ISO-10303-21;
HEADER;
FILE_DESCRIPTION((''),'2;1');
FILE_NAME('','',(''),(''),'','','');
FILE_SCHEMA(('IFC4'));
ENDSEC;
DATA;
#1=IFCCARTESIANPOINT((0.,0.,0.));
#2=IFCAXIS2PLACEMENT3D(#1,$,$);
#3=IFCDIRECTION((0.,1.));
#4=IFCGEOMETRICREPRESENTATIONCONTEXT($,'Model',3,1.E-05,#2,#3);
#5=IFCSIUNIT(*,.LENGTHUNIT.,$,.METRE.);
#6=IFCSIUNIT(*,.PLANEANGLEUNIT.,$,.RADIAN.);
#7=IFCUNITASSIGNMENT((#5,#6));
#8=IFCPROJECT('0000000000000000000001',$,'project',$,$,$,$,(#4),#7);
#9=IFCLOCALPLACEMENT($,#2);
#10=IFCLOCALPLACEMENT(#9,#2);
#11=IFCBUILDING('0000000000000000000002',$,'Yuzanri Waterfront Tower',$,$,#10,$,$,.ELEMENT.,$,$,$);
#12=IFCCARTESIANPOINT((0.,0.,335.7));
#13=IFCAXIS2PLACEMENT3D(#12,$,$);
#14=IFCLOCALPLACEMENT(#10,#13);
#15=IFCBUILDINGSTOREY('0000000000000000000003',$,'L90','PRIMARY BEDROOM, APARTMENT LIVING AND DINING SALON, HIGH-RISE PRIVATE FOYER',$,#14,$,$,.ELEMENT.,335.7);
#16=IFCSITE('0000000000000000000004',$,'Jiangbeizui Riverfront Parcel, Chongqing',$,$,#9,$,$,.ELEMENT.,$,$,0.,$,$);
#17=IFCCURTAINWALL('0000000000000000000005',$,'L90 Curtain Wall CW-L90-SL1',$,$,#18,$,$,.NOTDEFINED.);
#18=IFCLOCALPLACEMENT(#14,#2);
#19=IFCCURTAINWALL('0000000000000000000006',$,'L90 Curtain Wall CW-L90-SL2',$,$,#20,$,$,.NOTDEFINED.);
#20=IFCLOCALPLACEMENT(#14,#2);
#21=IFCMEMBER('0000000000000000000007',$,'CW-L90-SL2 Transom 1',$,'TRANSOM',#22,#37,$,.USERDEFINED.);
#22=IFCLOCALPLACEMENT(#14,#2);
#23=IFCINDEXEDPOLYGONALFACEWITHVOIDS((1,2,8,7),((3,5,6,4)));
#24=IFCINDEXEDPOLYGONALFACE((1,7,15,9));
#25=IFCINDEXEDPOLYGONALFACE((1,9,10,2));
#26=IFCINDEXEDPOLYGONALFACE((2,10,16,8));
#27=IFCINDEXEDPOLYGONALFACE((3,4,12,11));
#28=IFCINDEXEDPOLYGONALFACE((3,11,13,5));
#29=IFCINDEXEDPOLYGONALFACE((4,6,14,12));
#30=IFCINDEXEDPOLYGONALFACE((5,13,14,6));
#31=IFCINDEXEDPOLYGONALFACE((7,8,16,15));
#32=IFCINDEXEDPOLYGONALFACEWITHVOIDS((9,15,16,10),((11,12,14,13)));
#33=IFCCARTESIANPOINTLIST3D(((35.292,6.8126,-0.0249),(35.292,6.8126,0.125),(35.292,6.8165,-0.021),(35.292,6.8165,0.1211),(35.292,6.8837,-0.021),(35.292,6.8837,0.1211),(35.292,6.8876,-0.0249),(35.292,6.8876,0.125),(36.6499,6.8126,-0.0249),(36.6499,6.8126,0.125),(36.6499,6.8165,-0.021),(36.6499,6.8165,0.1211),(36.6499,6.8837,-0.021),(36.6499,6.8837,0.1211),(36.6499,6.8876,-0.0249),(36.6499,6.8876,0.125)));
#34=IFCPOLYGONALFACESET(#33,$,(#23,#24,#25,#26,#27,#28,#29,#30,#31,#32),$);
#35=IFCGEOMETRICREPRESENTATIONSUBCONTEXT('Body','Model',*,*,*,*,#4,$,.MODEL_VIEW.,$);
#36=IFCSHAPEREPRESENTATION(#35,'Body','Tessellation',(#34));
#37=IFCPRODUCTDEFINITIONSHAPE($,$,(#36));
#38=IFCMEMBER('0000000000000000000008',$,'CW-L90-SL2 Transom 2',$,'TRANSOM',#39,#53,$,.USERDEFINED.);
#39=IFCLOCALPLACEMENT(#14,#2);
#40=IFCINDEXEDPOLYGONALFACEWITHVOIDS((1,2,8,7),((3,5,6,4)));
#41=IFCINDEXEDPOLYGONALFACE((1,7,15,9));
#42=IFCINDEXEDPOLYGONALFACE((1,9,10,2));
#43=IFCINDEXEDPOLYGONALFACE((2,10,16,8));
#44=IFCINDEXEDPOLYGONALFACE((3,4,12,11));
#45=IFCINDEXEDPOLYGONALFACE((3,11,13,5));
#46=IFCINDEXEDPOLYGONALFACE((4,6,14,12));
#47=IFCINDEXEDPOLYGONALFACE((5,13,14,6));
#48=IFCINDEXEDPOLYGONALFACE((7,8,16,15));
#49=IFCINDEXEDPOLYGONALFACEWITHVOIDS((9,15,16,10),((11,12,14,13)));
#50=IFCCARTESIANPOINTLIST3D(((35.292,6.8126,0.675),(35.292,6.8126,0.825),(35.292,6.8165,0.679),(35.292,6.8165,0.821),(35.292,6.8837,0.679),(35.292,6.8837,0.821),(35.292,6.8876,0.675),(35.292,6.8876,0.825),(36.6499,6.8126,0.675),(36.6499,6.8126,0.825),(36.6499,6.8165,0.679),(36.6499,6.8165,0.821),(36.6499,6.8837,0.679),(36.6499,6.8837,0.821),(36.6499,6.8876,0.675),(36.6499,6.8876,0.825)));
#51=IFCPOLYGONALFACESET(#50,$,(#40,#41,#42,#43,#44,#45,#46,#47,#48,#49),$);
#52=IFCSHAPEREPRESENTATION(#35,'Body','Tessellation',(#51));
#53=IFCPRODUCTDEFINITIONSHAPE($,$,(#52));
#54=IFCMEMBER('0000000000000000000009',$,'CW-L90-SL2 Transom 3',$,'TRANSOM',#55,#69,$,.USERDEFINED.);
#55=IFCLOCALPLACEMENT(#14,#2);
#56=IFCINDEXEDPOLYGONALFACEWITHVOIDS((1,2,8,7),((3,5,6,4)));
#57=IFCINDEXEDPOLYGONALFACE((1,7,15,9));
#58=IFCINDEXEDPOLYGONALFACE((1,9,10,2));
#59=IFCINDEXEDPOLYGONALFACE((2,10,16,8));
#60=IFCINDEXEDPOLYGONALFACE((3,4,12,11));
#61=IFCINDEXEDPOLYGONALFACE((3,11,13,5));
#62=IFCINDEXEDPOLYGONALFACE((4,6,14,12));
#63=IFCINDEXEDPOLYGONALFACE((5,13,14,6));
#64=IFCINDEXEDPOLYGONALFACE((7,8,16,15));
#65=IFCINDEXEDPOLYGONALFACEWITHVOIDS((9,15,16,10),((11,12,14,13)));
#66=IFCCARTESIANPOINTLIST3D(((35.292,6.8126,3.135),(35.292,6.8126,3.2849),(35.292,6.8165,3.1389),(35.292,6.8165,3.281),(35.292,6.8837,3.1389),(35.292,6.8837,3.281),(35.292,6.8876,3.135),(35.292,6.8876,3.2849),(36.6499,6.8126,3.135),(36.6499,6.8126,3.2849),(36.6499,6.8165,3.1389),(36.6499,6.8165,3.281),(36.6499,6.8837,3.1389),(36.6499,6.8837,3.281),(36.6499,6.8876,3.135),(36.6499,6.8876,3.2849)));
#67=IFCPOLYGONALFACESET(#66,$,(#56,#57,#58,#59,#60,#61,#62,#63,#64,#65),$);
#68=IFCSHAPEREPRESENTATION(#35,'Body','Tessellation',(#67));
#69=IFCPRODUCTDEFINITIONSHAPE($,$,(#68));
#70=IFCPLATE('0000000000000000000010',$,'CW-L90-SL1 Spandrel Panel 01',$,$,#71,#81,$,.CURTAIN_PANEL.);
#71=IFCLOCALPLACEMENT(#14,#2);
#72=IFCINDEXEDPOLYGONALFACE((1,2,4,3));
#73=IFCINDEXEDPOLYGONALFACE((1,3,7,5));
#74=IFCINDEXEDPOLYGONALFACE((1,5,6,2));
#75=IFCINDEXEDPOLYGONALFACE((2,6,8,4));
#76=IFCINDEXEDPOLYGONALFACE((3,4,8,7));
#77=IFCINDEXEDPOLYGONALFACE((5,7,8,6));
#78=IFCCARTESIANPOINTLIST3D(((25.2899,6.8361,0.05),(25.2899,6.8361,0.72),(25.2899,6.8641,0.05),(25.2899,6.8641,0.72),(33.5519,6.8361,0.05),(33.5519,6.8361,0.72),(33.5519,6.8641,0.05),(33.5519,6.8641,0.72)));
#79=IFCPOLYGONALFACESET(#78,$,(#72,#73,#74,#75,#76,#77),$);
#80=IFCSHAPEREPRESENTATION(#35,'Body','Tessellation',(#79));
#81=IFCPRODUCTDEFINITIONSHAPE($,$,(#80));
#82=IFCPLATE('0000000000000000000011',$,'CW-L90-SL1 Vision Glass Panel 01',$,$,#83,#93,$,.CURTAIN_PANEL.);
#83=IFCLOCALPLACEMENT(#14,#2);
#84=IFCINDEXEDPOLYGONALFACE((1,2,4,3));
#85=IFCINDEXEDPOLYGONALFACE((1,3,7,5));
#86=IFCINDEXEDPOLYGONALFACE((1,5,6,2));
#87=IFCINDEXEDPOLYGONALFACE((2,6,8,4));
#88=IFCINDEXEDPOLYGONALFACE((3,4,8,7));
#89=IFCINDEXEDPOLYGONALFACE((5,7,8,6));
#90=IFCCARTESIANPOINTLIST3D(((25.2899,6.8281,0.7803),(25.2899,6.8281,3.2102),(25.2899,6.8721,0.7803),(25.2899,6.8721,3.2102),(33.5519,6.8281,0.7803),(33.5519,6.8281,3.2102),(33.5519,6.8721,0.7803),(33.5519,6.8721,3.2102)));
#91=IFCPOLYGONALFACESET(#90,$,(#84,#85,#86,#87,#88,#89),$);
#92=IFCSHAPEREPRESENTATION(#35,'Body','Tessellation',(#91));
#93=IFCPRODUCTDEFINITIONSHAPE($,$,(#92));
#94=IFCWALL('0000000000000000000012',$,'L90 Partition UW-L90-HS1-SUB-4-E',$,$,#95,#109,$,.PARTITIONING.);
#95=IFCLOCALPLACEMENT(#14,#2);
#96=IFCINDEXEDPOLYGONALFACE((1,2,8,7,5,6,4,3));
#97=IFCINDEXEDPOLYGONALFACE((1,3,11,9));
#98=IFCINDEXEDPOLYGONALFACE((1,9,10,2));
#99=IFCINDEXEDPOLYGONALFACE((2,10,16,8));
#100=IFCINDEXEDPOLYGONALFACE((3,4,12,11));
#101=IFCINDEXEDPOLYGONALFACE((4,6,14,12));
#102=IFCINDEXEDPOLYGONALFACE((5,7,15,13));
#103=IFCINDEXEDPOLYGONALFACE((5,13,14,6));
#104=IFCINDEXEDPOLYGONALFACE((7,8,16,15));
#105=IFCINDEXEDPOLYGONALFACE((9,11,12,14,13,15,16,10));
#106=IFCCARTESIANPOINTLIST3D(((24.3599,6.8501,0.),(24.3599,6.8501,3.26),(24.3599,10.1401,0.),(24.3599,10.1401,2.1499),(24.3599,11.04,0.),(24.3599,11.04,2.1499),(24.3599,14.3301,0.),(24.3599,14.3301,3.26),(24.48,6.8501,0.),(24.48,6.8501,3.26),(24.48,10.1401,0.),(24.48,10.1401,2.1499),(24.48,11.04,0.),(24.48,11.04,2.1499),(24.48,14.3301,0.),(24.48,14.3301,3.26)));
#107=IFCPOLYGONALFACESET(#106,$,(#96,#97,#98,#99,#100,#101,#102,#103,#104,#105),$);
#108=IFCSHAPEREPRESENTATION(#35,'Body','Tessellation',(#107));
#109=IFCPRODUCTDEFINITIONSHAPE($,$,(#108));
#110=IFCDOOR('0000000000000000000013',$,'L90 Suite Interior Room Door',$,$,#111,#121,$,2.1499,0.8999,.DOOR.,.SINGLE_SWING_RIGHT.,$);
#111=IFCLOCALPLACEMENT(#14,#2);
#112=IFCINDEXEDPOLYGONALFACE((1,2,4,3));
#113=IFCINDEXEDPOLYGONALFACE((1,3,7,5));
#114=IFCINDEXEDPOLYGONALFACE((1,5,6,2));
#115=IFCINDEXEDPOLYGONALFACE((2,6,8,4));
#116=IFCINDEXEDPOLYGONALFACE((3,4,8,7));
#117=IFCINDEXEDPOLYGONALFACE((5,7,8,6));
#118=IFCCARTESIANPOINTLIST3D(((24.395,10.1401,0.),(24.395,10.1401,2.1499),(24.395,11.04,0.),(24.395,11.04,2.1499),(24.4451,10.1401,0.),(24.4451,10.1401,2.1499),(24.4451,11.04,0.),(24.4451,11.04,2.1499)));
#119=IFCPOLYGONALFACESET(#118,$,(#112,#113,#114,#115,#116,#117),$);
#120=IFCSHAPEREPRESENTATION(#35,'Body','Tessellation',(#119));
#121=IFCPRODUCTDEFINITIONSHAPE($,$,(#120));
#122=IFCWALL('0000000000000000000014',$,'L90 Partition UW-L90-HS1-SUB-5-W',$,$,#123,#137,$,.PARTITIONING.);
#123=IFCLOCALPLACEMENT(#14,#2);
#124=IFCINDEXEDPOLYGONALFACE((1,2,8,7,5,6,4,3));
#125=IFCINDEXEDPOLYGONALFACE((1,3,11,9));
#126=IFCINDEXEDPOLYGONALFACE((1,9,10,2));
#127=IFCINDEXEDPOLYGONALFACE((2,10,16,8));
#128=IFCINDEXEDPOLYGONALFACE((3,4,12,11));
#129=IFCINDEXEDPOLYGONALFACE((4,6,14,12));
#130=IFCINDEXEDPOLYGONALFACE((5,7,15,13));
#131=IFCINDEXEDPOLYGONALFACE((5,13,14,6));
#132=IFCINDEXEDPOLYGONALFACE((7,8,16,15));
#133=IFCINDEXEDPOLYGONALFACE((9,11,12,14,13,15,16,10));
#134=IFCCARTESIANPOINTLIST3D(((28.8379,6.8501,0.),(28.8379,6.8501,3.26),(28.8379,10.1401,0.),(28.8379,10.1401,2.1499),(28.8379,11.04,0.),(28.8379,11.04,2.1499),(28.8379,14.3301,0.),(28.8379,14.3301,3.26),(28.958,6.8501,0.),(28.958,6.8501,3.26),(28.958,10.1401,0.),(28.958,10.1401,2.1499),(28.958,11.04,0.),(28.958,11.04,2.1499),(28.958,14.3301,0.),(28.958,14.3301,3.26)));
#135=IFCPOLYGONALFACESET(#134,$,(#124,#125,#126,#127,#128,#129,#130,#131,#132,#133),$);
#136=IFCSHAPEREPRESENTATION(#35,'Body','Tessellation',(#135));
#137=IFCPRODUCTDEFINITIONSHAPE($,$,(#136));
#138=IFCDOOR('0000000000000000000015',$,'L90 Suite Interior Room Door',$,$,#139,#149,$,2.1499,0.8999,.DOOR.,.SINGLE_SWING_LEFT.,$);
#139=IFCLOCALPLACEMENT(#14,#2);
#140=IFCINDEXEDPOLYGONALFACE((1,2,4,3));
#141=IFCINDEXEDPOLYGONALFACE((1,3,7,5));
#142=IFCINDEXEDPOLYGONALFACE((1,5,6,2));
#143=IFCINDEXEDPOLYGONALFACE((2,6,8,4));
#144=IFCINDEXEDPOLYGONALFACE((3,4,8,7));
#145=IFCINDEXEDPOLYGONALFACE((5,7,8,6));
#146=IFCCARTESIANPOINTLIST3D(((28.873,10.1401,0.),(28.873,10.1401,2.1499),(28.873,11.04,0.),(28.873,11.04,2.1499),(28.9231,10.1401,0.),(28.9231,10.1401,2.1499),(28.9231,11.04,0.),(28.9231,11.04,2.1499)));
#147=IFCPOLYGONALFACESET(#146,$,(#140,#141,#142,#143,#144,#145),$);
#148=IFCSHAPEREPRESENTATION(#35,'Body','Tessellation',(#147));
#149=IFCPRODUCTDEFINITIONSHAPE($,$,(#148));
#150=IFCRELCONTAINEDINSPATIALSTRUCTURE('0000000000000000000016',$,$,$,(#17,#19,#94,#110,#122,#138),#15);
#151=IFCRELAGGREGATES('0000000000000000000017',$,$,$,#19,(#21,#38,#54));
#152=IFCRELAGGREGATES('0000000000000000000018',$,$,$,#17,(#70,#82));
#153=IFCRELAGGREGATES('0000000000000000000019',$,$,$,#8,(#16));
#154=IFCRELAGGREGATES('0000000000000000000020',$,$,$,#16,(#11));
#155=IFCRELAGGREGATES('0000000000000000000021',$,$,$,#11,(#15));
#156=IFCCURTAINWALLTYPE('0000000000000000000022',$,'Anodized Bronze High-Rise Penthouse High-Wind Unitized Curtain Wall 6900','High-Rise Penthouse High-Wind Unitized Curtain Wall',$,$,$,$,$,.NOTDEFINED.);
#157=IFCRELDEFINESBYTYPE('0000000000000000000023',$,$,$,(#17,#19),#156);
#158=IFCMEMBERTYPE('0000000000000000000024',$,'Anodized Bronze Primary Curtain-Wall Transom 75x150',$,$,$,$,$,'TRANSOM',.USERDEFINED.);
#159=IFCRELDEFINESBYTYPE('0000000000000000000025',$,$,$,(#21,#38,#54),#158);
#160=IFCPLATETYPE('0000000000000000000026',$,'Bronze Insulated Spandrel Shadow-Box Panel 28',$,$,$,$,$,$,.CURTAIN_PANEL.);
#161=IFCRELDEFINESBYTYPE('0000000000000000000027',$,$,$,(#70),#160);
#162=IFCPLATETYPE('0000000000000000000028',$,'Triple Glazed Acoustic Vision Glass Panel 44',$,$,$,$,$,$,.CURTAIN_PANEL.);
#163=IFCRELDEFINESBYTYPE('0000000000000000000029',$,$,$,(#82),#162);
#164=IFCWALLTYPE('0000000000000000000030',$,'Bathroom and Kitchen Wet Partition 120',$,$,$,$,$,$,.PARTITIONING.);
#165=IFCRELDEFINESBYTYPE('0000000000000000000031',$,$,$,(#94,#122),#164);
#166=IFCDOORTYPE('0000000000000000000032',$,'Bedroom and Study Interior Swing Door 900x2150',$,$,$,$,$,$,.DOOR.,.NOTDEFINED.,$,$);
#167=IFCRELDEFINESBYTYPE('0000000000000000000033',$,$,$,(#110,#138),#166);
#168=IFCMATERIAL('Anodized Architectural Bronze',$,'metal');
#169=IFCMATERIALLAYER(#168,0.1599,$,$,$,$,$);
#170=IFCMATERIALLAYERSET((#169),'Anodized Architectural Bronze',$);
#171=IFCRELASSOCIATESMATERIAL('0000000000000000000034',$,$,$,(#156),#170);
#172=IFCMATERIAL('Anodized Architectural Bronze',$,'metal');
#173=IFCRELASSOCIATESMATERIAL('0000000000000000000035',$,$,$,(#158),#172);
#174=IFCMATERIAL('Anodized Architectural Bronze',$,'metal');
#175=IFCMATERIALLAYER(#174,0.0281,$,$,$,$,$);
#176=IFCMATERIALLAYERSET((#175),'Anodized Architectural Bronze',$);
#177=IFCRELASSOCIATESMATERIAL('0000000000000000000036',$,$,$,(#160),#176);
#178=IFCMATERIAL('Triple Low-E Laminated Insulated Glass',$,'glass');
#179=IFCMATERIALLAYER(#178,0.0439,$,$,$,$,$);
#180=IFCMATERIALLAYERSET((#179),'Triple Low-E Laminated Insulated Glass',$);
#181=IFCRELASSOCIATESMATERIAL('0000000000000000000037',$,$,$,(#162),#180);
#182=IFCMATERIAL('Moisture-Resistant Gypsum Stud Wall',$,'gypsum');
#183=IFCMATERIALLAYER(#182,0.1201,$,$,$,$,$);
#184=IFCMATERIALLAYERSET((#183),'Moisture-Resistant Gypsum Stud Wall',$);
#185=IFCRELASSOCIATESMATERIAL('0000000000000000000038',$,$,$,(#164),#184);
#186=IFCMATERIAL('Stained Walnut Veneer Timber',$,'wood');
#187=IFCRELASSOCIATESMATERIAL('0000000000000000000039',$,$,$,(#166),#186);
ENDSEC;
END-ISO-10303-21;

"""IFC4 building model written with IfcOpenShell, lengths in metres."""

from ifc_helpers import new_model, si_unit, direction, frame, frame_2d, origin, origin_2d, place, context, subcontext, project, spatial, rectangle, hollow_rectangle, extrude, source, transform, mapped, material, layer, layer_set, material_profile, profile_set, type_object, element, fill, aggregate, save


model = new_model("IFC4")

# Units and contexts
model_context = context("Model", 3, precision=1e-05, world=origin(), true_north=direction((0.0, 1.0)))
body_context = subcontext(model_context, "Body", "Model", "MODEL_VIEW")
ifc_project = project(units=[si_unit("LENGTHUNIT", "METRE"), si_unit("PLANEANGLEUNIT", "RADIAN")], contexts=[model_context])

# Site, building, storey
site_placement = place(None, origin())
site = spatial("IfcSite", under=ifc_project, at=site_placement, Name="Jiangbeizui Riverfront Parcel, Chongqing", CompositionType="ELEMENT", RefElevation=0.0)
building_placement = place(site_placement, origin())
building = spatial("IfcBuilding", under=site, at=building_placement, Name="Yuzanri Waterfront Tower", CompositionType="ELEMENT")
storey_placement = place(building_placement, frame((0.0, 0.0, 335.7)))
storey = spatial("IfcBuildingStorey", under=building, at=storey_placement, Name="L90", Description="PRIMARY BEDROOM, APARTMENT LIVING AND DINING SALON, HIGH-RISE PRIVATE FOYER", CompositionType="ELEMENT", Elevation=335.7)

# Curtain wall
ifc_material_1 = material(Name="Anodized Architectural Bronze", Category="metal")
ifc_layer_1 = layer(ifc_material_1, 0.1599)
ifc_layer_set_1 = layer_set([ifc_layer_1], Name="Anodized Architectural Bronze")
curtain_wall_type = type_object("IfcCurtainWallType", Name="Anodized Bronze High-Rise Penthouse High-Wind Unitized Curtain Wall 6900", Description="High-Rise Penthouse High-Wind Unitized Curtain Wall", PredefinedType="NOTDEFINED", material=ifc_layer_set_1)
curtain_wall_1_placement = place(storey_placement, origin())
curtain_wall_1 = element("IfcCurtainWall", 1, at=curtain_wall_1_placement, inside=storey, type_object=curtain_wall_type, Name="L90 Curtain Wall CW-L90-SL1", PredefinedType="NOTDEFINED")

# Curtain wall
curtain_wall_2_placement = place(storey_placement, origin())
curtain_wall_2 = element("IfcCurtainWall", 2, at=curtain_wall_2_placement, inside=storey, type_object=curtain_wall_type, Name="L90 Curtain Wall CW-L90-SL2", PredefinedType="NOTDEFINED")

# Members
ifc_material_2 = material(Name="Anodized Architectural Bronze", Category="metal")
ifc_material_profile_1 = material_profile(ifc_material_2, hollow_rectangle(XDim=0.075, YDim=0.1499, WallThickness=0.0039, at=origin_2d()), Name="CWT 75x150")
ifc_profile_set_1 = profile_set([ifc_material_profile_1], Name="Anodized Architectural Bronze")
member_type_1 = type_object("IfcMemberType", Name="Anodized Bronze Primary Curtain-Wall Transom 75x150", ElementType="TRANSOM", PredefinedType="USERDEFINED", material=ifc_profile_set_1)
shared_shape_1 = source(origin(), body_context, "Body", "SweptSolid", [
    extrude(hollow_rectangle(XDim=0.075, YDim=0.1499, WallThickness=0.0039, at=origin_2d()), origin(), (0.0, 0.0, 1.0), 1.3579),
])
member_1_placement = place(storey_placement, frame((35.292, 6.8501, 0.05), z_axis=(1.0, 0.0, 0.0), x_axis=(0.0, 1.0, 0.0)))
member_1 = element("IfcMember", 3, at=member_1_placement, type_object=member_type_1, Name="CW-L90-SL2 Transom 1", ObjectType="TRANSOM", PredefinedType="USERDEFINED", context=body_context, shape_type="MappedRepresentation", body=[
    mapped(shared_shape_1, transform((0.0, 0.0, 0.0), scale=1.0)),
])
member_2_placement = place(storey_placement, frame((35.292, 6.8501, 0.75), z_axis=(1.0, 0.0, 0.0), x_axis=(0.0, 1.0, 0.0)))
member_2 = element("IfcMember", 4, at=member_2_placement, type_object=member_type_1, Name="CW-L90-SL2 Transom 2", ObjectType="TRANSOM", PredefinedType="USERDEFINED", context=body_context, shape_type="MappedRepresentation", body=[
    mapped(shared_shape_1, transform((0.0, 0.0, 0.0), scale=1.0)),
])
member_3_placement = place(storey_placement, frame((35.292, 6.8501, 3.21), z_axis=(1.0, 0.0, 0.0), x_axis=(0.0, 1.0, 0.0)))
member_3 = element("IfcMember", 5, at=member_3_placement, type_object=member_type_1, Name="CW-L90-SL2 Transom 3", ObjectType="TRANSOM", PredefinedType="USERDEFINED", context=body_context, shape_type="MappedRepresentation", body=[
    mapped(shared_shape_1, transform((0.0, 0.0, 0.0), scale=1.0)),
])
aggregate(curtain_wall_2, [member_1, member_2, member_3])

# Plates
ifc_material_3 = material(Name="Anodized Architectural Bronze", Category="metal")
ifc_layer_2 = layer(ifc_material_3, 0.0281)
ifc_layer_set_2 = layer_set([ifc_layer_2], Name="Anodized Architectural Bronze")
plate_type_1 = type_object("IfcPlateType", Name="Bronze Insulated Spandrel Shadow-Box Panel 28", PredefinedType="CURTAIN_PANEL", material=ifc_layer_set_2)
shared_shape_2 = source(origin(), body_context, "Body", "SweptSolid", [
    extrude(rectangle(XDim=8.262, YDim=0.0281, at=origin_2d()), origin(), (0.0, 0.0, 1.0), 0.6699),
])
plate_1_placement = place(storey_placement, frame((29.4209, 6.8501, 0.05), z_axis=(0.0, 0.0, 1.0), x_axis=(1.0, 0.0, 0.0)))
plate_1 = element("IfcPlate", 6, at=plate_1_placement, type_object=plate_type_1, Name="CW-L90-SL1 Spandrel Panel 01", PredefinedType="CURTAIN_PANEL", context=body_context, shape_type="MappedRepresentation", body=[
    mapped(shared_shape_2, transform((0.0, 0.0, 0.0), scale=1.0)),
])
ifc_material_4 = material(Name="Triple Low-E Laminated Insulated Glass", Category="glass")
ifc_layer_3 = layer(ifc_material_4, 0.0439)
ifc_layer_set_3 = layer_set([ifc_layer_3], Name="Triple Low-E Laminated Insulated Glass")
plate_type_2 = type_object("IfcPlateType", Name="Triple Glazed Acoustic Vision Glass Panel 44", PredefinedType="CURTAIN_PANEL", material=ifc_layer_set_3)
shared_shape_3 = source(origin(), body_context, "Body", "SweptSolid", [
    extrude(rectangle(XDim=8.262, YDim=0.0439, at=origin_2d()), origin(), (0.0, 0.0, 1.0), 2.4299),
])
plate_2_placement = place(storey_placement, frame((29.4209, 6.8501, 0.7803), z_axis=(0.0, 0.0, 1.0), x_axis=(1.0, 0.0, 0.0)))
plate_2 = element("IfcPlate", 7, at=plate_2_placement, type_object=plate_type_2, Name="CW-L90-SL1 Vision Glass Panel 01", PredefinedType="CURTAIN_PANEL", context=body_context, shape_type="MappedRepresentation", body=[
    mapped(shared_shape_3, transform((0.0, 0.0, 0.0), scale=1.0)),
])
aggregate(curtain_wall_1, [plate_1, plate_2])

# Walls, openings, doors
ifc_material_5 = material(Name="Moisture-Resistant Gypsum Stud Wall", Category="gypsum")
ifc_layer_4 = layer(ifc_material_5, 0.1201)
ifc_layer_set_4 = layer_set([ifc_layer_4], Name="Moisture-Resistant Gypsum Stud Wall")
wall_type_1 = type_object("IfcWallType", Name="Bathroom and Kitchen Wet Partition 120", PredefinedType="PARTITIONING", material=ifc_layer_set_4)
wall_1_placement = place(storey_placement, frame((24.4199, 6.8501, 0.0), z_axis=(0.0, 0.0, 1.0), x_axis=(0.0, 1.0, 0.0)))
wall_1 = element("IfcWall", 8, at=wall_1_placement, inside=storey, type_object=wall_type_1, Name="L90 Partition UW-L90-HS1-SUB-4-E", PredefinedType="PARTITIONING", context=body_context, shape_type="SweptSolid", body=[
    extrude(rectangle(XDim=7.48, YDim=0.1201, at=frame_2d((3.74, 0.0))), origin(), (0.0, 0.0, 1.0), 3.26),
])
opening_1_placement = place(wall_1_placement, frame((3.29, 0.0, 0.0)))
opening_1 = element("IfcOpeningElement", 9, at=opening_1_placement, cuts=wall_1, PredefinedType="OPENING", context=body_context, shape_type="SweptSolid", body=[
    extrude(rectangle(XDim=0.8999, YDim=2.1499, at=frame_2d((0.45, 1.075))), frame((0.0, 0.075, 0.0), z_axis=(0.0, -1.0, 0.0), x_axis=(1.0, 0.0, 0.0)), (0.0, 0.0, 1.0), 0.1499),
])
ifc_material_6 = material(Name="Stained Walnut Veneer Timber", Category="wood")
door_type_1 = type_object("IfcDoorType", Name="Bedroom and Study Interior Swing Door 900x2150", OperationType="NOTDEFINED", PredefinedType="DOOR", material=ifc_material_6)
shared_shape_4 = source(origin(), body_context, "Body", "SweptSolid", [
    extrude(rectangle(XDim=0.8999, YDim=2.1499, at=frame_2d((0.45, 1.075))), frame((0.0, 0.0249, 0.0), z_axis=(0.0, -1.0, 0.0), x_axis=(1.0, 0.0, 0.0)), (0.0, 0.0, 1.0), 0.05),
])
door_1_placement = place(opening_1_placement, origin())
door_1 = element("IfcDoor", 10, at=door_1_placement, inside=storey, type_object=door_type_1, Name="L90 Suite Interior Room Door", OperationType="SINGLE_SWING_RIGHT", OverallHeight=2.1499, OverallWidth=0.8999, PredefinedType="DOOR", context=body_context, shape_type="MappedRepresentation", body=[
    mapped(shared_shape_4, transform((0.0, 0.0, 0.0), scale=1.0)),
])
fill(opening_1, door_1)
wall_2_placement = place(storey_placement, frame((28.8979, 6.8501, 0.0), z_axis=(0.0, 0.0, 1.0), x_axis=(0.0, 1.0, 0.0)))
wall_2 = element("IfcWall", 11, at=wall_2_placement, inside=storey, type_object=wall_type_1, Name="L90 Partition UW-L90-HS1-SUB-5-W", PredefinedType="PARTITIONING", context=body_context, shape_type="SweptSolid", body=[
    extrude(rectangle(XDim=7.48, YDim=0.1201, at=frame_2d((3.74, 0.0))), origin(), (0.0, 0.0, 1.0), 3.26),
])
opening_2_placement = place(wall_2_placement, frame((3.29, 0.0, 0.0)))
opening_2 = element("IfcOpeningElement", 12, at=opening_2_placement, cuts=wall_2, PredefinedType="OPENING", context=body_context, shape_type="SweptSolid", body=[
    extrude(rectangle(XDim=0.8999, YDim=2.1499, at=frame_2d((0.45, 1.075))), frame((0.0, 0.075, 0.0), z_axis=(0.0, -1.0, 0.0), x_axis=(1.0, 0.0, 0.0)), (0.0, 0.0, 1.0), 0.1499),
])
door_2_placement = place(opening_2_placement, origin())
door_2 = element("IfcDoor", 13, at=door_2_placement, inside=storey, type_object=door_type_1, Name="L90 Suite Interior Room Door", OperationType="SINGLE_SWING_LEFT", OverallHeight=2.1499, OverallWidth=0.8999, PredefinedType="DOOR", context=body_context, shape_type="MappedRepresentation", body=[
    mapped(shared_shape_4, transform((0.0, 0.0, 0.0), scale=1.0)),
])
fill(opening_2, door_2)

save(model, "model.ifc")
